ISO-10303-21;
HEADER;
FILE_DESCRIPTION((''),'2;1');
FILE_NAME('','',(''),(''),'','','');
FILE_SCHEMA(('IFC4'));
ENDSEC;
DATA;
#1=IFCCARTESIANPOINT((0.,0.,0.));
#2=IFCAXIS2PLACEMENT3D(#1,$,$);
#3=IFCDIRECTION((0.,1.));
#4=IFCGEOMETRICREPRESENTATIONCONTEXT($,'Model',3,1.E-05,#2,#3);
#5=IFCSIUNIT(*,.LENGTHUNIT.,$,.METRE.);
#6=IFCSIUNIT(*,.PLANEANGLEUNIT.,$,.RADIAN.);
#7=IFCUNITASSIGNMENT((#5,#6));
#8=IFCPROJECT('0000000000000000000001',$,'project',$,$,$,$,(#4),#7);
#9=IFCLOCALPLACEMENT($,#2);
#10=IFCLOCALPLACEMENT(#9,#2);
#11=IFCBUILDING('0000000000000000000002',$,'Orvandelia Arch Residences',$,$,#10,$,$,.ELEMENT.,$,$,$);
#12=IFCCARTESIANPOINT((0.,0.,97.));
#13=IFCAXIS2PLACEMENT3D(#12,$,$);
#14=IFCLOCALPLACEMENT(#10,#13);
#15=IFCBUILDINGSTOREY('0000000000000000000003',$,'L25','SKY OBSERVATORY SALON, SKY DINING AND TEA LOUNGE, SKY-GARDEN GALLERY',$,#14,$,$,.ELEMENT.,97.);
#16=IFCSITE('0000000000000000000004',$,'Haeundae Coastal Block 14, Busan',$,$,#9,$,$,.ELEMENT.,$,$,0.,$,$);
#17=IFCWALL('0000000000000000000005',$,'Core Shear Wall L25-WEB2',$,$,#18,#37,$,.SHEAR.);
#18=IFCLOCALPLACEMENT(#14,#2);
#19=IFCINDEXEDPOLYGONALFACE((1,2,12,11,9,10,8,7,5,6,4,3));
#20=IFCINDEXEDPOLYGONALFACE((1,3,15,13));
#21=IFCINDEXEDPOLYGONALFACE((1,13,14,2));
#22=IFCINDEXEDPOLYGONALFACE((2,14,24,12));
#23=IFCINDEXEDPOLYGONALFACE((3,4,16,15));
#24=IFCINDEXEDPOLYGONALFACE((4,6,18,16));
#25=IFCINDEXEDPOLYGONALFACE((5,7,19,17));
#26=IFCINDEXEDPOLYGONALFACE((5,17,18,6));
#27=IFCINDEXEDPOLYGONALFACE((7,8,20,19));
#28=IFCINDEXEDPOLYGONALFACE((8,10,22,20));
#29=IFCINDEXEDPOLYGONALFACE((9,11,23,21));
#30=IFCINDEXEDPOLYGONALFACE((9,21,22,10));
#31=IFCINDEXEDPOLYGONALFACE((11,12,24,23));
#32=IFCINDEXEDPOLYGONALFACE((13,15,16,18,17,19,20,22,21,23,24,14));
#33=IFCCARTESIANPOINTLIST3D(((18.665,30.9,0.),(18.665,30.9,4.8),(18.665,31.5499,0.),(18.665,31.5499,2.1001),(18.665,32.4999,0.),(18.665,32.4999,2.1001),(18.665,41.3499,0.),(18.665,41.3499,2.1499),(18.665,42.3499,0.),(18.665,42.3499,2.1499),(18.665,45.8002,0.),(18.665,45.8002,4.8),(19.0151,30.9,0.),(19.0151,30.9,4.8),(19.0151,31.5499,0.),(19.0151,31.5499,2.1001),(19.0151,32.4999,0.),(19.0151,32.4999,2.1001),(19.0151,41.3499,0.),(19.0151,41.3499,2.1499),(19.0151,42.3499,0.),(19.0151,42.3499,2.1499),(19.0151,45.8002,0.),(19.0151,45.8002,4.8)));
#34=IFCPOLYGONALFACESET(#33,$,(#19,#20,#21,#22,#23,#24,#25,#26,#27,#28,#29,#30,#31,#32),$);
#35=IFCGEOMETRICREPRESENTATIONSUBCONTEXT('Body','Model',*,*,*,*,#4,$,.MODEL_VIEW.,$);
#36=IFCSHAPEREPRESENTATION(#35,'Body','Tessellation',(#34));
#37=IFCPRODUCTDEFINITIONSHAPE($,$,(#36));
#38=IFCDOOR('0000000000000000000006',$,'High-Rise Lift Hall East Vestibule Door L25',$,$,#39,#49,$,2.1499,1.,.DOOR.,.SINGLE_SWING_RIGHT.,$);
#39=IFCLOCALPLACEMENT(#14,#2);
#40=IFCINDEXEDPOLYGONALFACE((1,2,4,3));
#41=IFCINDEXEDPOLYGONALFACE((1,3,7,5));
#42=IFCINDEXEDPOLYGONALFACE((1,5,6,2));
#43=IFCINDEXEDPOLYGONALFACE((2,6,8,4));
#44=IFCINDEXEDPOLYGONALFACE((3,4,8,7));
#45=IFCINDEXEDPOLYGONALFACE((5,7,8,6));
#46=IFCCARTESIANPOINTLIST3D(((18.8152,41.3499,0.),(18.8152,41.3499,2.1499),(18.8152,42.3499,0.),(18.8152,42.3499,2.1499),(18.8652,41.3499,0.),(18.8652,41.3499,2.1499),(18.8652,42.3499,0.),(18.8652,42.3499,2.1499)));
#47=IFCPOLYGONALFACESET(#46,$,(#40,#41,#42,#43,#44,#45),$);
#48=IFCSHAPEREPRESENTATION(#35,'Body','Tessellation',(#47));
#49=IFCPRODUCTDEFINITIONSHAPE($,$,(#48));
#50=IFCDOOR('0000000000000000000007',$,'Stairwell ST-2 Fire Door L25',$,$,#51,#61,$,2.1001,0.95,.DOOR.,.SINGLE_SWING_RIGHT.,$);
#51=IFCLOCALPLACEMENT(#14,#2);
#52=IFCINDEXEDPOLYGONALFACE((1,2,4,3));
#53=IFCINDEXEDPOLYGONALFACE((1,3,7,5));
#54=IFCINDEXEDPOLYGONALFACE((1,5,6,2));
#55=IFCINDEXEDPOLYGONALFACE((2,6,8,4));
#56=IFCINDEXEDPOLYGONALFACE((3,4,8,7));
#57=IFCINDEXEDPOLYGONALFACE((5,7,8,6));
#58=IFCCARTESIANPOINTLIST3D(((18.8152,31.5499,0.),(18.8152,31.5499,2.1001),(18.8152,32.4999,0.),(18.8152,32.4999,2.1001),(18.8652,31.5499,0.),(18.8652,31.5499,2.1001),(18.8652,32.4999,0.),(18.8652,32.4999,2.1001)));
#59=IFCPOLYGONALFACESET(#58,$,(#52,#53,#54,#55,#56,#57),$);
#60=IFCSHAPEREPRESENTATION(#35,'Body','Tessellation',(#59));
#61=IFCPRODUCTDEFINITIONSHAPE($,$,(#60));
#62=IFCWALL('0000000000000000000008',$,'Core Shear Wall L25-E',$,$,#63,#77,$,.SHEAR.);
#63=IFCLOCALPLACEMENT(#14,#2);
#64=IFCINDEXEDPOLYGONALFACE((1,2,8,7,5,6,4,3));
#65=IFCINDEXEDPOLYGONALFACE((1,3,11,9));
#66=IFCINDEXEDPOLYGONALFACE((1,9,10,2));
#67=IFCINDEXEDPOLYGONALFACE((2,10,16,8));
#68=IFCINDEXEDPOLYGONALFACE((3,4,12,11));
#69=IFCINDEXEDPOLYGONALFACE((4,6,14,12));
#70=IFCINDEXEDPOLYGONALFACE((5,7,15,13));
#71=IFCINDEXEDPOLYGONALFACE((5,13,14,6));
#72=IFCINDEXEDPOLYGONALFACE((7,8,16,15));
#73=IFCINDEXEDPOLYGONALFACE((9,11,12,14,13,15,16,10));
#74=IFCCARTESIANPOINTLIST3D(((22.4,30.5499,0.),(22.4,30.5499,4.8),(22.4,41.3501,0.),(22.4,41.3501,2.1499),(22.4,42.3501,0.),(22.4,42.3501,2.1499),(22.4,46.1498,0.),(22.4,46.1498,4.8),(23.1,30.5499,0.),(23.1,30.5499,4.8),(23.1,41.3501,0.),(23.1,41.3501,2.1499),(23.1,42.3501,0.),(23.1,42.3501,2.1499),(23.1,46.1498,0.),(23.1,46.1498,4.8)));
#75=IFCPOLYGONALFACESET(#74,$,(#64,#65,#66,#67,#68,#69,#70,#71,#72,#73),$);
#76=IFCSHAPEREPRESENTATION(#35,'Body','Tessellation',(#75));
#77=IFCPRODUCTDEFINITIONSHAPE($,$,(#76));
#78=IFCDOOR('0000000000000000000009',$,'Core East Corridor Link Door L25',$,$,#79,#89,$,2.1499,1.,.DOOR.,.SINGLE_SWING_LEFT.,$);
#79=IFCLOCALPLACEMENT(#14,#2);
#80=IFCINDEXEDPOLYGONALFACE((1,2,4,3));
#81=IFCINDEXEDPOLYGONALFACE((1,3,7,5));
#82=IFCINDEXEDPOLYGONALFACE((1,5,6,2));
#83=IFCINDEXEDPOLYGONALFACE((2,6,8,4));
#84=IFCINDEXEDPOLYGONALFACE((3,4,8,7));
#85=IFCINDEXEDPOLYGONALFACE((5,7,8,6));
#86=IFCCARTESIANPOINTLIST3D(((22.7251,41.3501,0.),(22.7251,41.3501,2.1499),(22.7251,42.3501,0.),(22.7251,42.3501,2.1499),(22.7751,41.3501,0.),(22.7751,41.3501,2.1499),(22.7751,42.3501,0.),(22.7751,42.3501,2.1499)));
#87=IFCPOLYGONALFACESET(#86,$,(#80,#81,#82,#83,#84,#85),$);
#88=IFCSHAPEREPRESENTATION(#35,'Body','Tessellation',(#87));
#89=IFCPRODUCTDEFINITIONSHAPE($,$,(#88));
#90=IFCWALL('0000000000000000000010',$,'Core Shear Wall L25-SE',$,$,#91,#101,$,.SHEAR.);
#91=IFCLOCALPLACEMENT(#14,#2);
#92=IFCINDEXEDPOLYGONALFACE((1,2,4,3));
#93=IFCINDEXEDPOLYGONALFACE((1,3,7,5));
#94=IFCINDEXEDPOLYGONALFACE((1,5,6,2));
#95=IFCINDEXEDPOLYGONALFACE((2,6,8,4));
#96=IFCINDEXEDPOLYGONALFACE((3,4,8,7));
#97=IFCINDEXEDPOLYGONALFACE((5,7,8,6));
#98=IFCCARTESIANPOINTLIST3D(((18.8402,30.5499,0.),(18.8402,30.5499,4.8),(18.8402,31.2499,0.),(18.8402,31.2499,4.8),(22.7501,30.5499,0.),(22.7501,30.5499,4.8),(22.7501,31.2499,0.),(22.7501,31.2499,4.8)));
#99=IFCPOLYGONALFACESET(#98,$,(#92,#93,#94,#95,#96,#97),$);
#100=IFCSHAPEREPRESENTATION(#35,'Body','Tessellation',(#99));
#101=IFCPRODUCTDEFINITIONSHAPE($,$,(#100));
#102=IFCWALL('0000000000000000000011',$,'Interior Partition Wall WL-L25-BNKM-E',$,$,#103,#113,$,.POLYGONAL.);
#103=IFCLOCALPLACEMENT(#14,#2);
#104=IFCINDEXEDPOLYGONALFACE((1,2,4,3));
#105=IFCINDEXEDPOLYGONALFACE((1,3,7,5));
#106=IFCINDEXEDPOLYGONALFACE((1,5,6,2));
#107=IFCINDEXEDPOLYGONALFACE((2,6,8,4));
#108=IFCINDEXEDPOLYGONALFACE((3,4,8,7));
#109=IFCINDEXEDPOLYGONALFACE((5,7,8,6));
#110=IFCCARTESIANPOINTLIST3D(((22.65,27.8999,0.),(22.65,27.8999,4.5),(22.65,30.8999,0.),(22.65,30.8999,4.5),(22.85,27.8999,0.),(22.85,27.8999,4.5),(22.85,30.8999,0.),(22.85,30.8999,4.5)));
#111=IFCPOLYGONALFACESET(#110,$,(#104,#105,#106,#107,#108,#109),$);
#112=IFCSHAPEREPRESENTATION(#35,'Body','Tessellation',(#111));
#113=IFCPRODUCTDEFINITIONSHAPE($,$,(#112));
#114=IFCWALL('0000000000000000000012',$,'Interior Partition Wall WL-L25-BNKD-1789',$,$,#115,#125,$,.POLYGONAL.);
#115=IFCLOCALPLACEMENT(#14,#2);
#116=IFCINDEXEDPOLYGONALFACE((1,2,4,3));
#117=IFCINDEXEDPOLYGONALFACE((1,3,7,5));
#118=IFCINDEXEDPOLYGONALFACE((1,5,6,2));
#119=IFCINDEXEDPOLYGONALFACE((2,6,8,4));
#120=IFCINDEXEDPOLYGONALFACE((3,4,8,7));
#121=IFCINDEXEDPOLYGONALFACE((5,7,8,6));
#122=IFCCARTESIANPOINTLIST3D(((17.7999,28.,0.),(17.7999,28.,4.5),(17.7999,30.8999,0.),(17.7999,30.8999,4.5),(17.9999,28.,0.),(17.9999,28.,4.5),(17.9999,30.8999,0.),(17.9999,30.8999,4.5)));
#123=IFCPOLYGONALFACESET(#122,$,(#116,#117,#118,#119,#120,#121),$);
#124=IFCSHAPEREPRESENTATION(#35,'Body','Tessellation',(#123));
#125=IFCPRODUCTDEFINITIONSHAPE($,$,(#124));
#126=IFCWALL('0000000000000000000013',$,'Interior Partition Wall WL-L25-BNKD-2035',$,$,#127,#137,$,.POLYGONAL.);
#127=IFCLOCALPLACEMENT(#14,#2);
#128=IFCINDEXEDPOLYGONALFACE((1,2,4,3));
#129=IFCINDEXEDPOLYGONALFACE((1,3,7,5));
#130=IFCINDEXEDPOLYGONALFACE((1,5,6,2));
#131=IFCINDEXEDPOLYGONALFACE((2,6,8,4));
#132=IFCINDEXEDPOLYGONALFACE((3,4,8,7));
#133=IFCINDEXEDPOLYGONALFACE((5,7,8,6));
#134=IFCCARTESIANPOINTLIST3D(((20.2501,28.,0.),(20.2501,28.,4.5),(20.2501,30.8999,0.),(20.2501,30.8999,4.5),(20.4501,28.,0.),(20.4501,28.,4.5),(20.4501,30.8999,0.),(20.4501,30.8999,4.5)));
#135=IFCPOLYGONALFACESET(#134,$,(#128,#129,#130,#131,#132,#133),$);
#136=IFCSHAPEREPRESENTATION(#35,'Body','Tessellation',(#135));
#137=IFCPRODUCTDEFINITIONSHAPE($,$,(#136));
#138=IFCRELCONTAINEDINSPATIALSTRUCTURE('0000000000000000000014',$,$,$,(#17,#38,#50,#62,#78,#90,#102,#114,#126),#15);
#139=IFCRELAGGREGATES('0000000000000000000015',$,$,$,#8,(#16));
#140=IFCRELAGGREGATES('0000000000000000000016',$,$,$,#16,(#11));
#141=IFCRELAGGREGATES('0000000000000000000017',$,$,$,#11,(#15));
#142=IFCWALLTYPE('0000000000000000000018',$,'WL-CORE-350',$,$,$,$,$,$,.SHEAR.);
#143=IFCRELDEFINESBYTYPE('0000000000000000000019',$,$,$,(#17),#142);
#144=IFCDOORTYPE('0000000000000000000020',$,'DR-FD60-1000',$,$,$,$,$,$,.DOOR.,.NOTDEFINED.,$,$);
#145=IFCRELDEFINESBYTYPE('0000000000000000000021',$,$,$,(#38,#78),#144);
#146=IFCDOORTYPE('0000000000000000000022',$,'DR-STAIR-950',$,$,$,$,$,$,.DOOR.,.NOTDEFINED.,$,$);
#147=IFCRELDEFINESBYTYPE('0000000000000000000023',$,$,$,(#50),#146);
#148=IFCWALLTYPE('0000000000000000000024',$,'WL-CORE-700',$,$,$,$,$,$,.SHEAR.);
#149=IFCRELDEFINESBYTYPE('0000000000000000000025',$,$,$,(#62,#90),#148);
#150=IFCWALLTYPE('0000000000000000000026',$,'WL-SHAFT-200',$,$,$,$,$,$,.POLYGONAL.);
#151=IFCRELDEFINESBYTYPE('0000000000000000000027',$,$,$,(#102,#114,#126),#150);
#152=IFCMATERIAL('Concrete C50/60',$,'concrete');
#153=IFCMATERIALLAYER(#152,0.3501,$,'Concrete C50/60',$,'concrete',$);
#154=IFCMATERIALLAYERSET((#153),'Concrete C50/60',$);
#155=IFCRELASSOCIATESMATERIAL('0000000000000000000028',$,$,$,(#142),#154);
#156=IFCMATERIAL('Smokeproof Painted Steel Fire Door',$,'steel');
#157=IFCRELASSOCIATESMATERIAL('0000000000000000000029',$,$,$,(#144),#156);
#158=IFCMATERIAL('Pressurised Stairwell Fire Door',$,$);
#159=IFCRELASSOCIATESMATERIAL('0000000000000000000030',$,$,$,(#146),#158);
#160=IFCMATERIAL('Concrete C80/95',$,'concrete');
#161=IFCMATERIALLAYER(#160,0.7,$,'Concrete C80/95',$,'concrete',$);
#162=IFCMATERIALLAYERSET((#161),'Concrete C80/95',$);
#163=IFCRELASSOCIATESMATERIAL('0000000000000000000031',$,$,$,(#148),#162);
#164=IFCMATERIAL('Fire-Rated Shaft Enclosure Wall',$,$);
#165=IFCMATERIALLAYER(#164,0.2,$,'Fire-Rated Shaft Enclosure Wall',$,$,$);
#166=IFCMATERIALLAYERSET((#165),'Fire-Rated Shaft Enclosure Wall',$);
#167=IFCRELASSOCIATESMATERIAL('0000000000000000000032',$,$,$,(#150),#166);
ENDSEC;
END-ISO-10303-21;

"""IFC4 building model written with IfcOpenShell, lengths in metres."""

from ifc_helpers import new_model, si_unit, direction, frame, frame_2d, origin, place, context, subcontext, project, spatial, rectangle, extrude, material, layer, layer_set, type_object, element, fill, save


model = new_model("IFC4")

# Units and contexts
model_context = context("Model", 3, precision=1e-05, world=origin(), true_north=direction((0.0, 1.0)))
body_context = subcontext(model_context, "Body", "Model", "MODEL_VIEW")
ifc_project = project(units=[si_unit("LENGTHUNIT", "METRE"), si_unit("PLANEANGLEUNIT", "RADIAN")], contexts=[model_context])

# Site, building, storey
site_placement = place(None, origin())
site = spatial("IfcSite", under=ifc_project, at=site_placement, Name="Haeundae Coastal Block 14, Busan", CompositionType="ELEMENT", RefElevation=0.0)
building_placement = place(site_placement, origin())
building = spatial("IfcBuilding", under=site, at=building_placement, Name="Orvandelia Arch Residences", CompositionType="ELEMENT")
storey_placement = place(building_placement, frame((0.0, 0.0, 97.0)))
storey = spatial("IfcBuildingStorey", under=building, at=storey_placement, Name="L25", Description="SKY OBSERVATORY SALON, SKY DINING AND TEA LOUNGE, SKY-GARDEN GALLERY", CompositionType="ELEMENT", Elevation=97.0)

# Shared definitions
ifc_material_1 = material(Name="Concrete C80/95", Category="concrete")

# Wall, openings, doors
ifc_material_2 = material(Name="Concrete C50/60", Category="concrete")
ifc_layer_1 = layer(ifc_material_2, 0.3501, Name="Concrete C50/60", Category="concrete")
ifc_layer_set_1 = layer_set([ifc_layer_1], Name="Concrete C50/60")
wall_type_1 = type_object("IfcWallType", Name="WL-CORE-350", PredefinedType="SHEAR", material=ifc_layer_set_1)
wall_1_placement = place(storey_placement, frame((18.8401, 30.8999, 0.0), z_axis=(0.0, 0.0, 1.0), x_axis=(0.0, 1.0, 0.0)))
wall_1 = element("IfcWall", 1, at=wall_1_placement, inside=storey, type_object=wall_type_1, Name="Core Shear Wall L25-WEB2", PredefinedType="SHEAR", context=body_context, shape_type="SweptSolid", body=[
    extrude(rectangle(XDim=14.9001, YDim=0.3501, at=frame_2d((7.4502, 0.0))), origin(), (0.0, 0.0, 1.0), 4.8),
])
opening_1_placement = place(wall_1_placement, frame((0.6499, 0.0, 0.0)))
opening_1 = element("IfcOpeningElement", 2, at=opening_1_placement, cuts=wall_1, PredefinedType="OPENING", context=body_context, shape_type="SweptSolid", body=[
    extrude(rectangle(XDim=0.95, YDim=2.1001, at=frame_2d((0.4751, 1.05))), frame((0.0, 0.1851, 0.0), z_axis=(0.0, -1.0, 0.0), x_axis=(1.0, 0.0, 0.0)), (0.0, 0.0, 1.0), 0.3701),
])
opening_2_placement = place(wall_1_placement, frame((10.45, 0.0, 0.0)))
opening_2 = element("IfcOpeningElement", 3, at=opening_2_placement, cuts=wall_1, PredefinedType="OPENING", context=body_context, shape_type="SweptSolid", body=[
    extrude(rectangle(XDim=1.0, YDim=2.1499, at=frame_2d((0.5, 1.075))), frame((0.0, 0.1851, 0.0), z_axis=(0.0, -1.0, 0.0), x_axis=(1.0, 0.0, 0.0)), (0.0, 0.0, 1.0), 0.3701),
])
ifc_material_3 = material(Name="Smokeproof Painted Steel Fire Door", Category="steel")
door_type_1 = type_object("IfcDoorType", Name="DR-FD60-1000", OperationType="NOTDEFINED", PredefinedType="DOOR", material=ifc_material_3)
door_1_placement = place(opening_2_placement, origin())
door_1 = element("IfcDoor", 4, at=door_1_placement, inside=storey, type_object=door_type_1, Name="High-Rise Lift Hall East Vestibule Door L25", OperationType="SINGLE_SWING_RIGHT", OverallHeight=2.1499, OverallWidth=1.0, PredefinedType="DOOR", context=body_context, shape_type="SweptSolid", body=[
    extrude(rectangle(XDim=1.0, YDim=2.1499, at=frame_2d((0.5, 1.075))), frame((0.0, 0.0249, 0.0), z_axis=(0.0, -1.0, 0.0), x_axis=(1.0, 0.0, 0.0)), (0.0, 0.0, 1.0), 0.05),
])
fill(opening_2, door_1)
ifc_material_4 = material(Name="Pressurised Stairwell Fire Door")
door_type_2 = type_object("IfcDoorType", Name="DR-STAIR-950", OperationType="NOTDEFINED", PredefinedType="DOOR", material=ifc_material_4)
door_2_placement = place(opening_1_placement, origin())
door_2 = element("IfcDoor", 5, at=door_2_placement, inside=storey, type_object=door_type_2, Name="Stairwell ST-2 Fire Door L25", OperationType="SINGLE_SWING_RIGHT", OverallHeight=2.1001, OverallWidth=0.95, PredefinedType="DOOR", context=body_context, shape_type="SweptSolid", body=[
    extrude(rectangle(XDim=0.95, YDim=2.1001, at=frame_2d((0.4751, 1.05))), frame((0.0, 0.0249, 0.0), z_axis=(0.0, -1.0, 0.0), x_axis=(1.0, 0.0, 0.0)), (0.0, 0.0, 1.0), 0.05),
])
fill(opening_1, door_2)

# Wall, opening, door
ifc_layer_2 = layer(ifc_material_1, 0.7, Name="Concrete C80/95", Category="concrete")
ifc_layer_set_2 = layer_set([ifc_layer_2], Name="Concrete C80/95")
wall_type_2 = type_object("IfcWallType", Name="WL-CORE-700", PredefinedType="SHEAR", material=ifc_layer_set_2)
wall_2_placement = place(storey_placement, frame((22.75, 30.55, 0.0), z_axis=(0.0, 0.0, 1.0), x_axis=(0.0, 1.0, 0.0)))
wall_2 = element("IfcWall", 6, at=wall_2_placement, inside=storey, type_object=wall_type_2, Name="Core Shear Wall L25-E", PredefinedType="SHEAR", context=body_context, shape_type="SweptSolid", body=[
    extrude(rectangle(XDim=15.5999, YDim=0.7, at=frame_2d((7.7998, 0.0))), origin(), (0.0, 0.0, 1.0), 4.8),
])
opening_3_placement = place(wall_2_placement, frame((10.8, 0.0, 0.0)))
opening_3 = element("IfcOpeningElement", 7, at=opening_3_placement, cuts=wall_2, PredefinedType="OPENING", context=body_context, shape_type="SweptSolid", body=[
    extrude(rectangle(XDim=1.0, YDim=2.1499, at=frame_2d((0.5, 1.075))), frame((0.0, 0.3599, 0.0), z_axis=(0.0, -1.0, 0.0), x_axis=(1.0, 0.0, 0.0)), (0.0, 0.0, 1.0), 0.72),
])
door_3_placement = place(opening_3_placement, origin())
door_3 = element("IfcDoor", 8, at=door_3_placement, inside=storey, type_object=door_type_1, Name="Core East Corridor Link Door L25", OperationType="SINGLE_SWING_LEFT", OverallHeight=2.1499, OverallWidth=1.0, PredefinedType="DOOR", context=body_context, shape_type="SweptSolid", body=[
    extrude(rectangle(XDim=1.0, YDim=2.1499, at=frame_2d((0.5, 1.075))), frame((0.0, 0.0249, 0.0), z_axis=(0.0, -1.0, 0.0), x_axis=(1.0, 0.0, 0.0)), (0.0, 0.0, 1.0), 0.05),
])
fill(opening_3, door_3)

# Walls
wall_3_placement = place(storey_placement, frame((18.8401, 30.8999, 0.0), z_axis=(0.0, 0.0, 1.0), x_axis=(1.0, 0.0, 0.0)))
element("IfcWall", 9, at=wall_3_placement, inside=storey, type_object=wall_type_2, Name="Core Shear Wall L25-SE", PredefinedType="SHEAR", context=body_context, shape_type="SweptSolid", body=[
    extrude(rectangle(XDim=3.9099, YDim=0.7, at=frame_2d((1.9551, 0.0))), origin(), (0.0, 0.0, 1.0), 4.8),
])
ifc_material_5 = material(Name="Fire-Rated Shaft Enclosure Wall")
ifc_layer_3 = layer(ifc_material_5, 0.2, Name="Fire-Rated Shaft Enclosure Wall")
ifc_layer_set_3 = layer_set([ifc_layer_3], Name="Fire-Rated Shaft Enclosure Wall")
wall_type_3 = type_object("IfcWallType", Name="WL-SHAFT-200", PredefinedType="POLYGONAL", material=ifc_layer_set_3)
wall_4_placement = place(storey_placement, frame((22.75, 27.8999, 0.0), z_axis=(0.0, 0.0, 1.0), x_axis=(0.0, 1.0, 0.0)))
element("IfcWall", 10, at=wall_4_placement, inside=storey, type_object=wall_type_3, Name="Interior Partition Wall WL-L25-BNKM-E", PredefinedType="POLYGONAL", context=body_context, shape_type="SweptSolid", body=[
    extrude(rectangle(XDim=3.0, YDim=0.2, at=frame_2d((1.5, 0.0))), origin(), (0.0, 0.0, 1.0), 4.5),
])
for number, where, z_axis, x_axis, name in (
    (11, (17.8999, 28.0, 0.0), (0.0, 0.0, 1.0), (0.0, 1.0, 0.0), "Interior Partition Wall WL-L25-BNKD-1789"),
    (12, (20.3501, 28.0, 0.0), (0.0, 0.0, 1.0), (0.0, 1.0, 0.0), "Interior Partition Wall WL-L25-BNKD-2035"),
):
    element("IfcWall", number, at=place(storey_placement, frame(where, z_axis=z_axis, x_axis=x_axis)), inside=storey, type_object=wall_type_3, Name=name, PredefinedType="POLYGONAL", context=body_context, shape_type="SweptSolid", body=[
        extrude(rectangle(XDim=2.8999, YDim=0.2, at=frame_2d((1.45, 0.0))), origin(), (0.0, 0.0, 1.0), 4.5),
    ])

save(model, "model.ifc")
